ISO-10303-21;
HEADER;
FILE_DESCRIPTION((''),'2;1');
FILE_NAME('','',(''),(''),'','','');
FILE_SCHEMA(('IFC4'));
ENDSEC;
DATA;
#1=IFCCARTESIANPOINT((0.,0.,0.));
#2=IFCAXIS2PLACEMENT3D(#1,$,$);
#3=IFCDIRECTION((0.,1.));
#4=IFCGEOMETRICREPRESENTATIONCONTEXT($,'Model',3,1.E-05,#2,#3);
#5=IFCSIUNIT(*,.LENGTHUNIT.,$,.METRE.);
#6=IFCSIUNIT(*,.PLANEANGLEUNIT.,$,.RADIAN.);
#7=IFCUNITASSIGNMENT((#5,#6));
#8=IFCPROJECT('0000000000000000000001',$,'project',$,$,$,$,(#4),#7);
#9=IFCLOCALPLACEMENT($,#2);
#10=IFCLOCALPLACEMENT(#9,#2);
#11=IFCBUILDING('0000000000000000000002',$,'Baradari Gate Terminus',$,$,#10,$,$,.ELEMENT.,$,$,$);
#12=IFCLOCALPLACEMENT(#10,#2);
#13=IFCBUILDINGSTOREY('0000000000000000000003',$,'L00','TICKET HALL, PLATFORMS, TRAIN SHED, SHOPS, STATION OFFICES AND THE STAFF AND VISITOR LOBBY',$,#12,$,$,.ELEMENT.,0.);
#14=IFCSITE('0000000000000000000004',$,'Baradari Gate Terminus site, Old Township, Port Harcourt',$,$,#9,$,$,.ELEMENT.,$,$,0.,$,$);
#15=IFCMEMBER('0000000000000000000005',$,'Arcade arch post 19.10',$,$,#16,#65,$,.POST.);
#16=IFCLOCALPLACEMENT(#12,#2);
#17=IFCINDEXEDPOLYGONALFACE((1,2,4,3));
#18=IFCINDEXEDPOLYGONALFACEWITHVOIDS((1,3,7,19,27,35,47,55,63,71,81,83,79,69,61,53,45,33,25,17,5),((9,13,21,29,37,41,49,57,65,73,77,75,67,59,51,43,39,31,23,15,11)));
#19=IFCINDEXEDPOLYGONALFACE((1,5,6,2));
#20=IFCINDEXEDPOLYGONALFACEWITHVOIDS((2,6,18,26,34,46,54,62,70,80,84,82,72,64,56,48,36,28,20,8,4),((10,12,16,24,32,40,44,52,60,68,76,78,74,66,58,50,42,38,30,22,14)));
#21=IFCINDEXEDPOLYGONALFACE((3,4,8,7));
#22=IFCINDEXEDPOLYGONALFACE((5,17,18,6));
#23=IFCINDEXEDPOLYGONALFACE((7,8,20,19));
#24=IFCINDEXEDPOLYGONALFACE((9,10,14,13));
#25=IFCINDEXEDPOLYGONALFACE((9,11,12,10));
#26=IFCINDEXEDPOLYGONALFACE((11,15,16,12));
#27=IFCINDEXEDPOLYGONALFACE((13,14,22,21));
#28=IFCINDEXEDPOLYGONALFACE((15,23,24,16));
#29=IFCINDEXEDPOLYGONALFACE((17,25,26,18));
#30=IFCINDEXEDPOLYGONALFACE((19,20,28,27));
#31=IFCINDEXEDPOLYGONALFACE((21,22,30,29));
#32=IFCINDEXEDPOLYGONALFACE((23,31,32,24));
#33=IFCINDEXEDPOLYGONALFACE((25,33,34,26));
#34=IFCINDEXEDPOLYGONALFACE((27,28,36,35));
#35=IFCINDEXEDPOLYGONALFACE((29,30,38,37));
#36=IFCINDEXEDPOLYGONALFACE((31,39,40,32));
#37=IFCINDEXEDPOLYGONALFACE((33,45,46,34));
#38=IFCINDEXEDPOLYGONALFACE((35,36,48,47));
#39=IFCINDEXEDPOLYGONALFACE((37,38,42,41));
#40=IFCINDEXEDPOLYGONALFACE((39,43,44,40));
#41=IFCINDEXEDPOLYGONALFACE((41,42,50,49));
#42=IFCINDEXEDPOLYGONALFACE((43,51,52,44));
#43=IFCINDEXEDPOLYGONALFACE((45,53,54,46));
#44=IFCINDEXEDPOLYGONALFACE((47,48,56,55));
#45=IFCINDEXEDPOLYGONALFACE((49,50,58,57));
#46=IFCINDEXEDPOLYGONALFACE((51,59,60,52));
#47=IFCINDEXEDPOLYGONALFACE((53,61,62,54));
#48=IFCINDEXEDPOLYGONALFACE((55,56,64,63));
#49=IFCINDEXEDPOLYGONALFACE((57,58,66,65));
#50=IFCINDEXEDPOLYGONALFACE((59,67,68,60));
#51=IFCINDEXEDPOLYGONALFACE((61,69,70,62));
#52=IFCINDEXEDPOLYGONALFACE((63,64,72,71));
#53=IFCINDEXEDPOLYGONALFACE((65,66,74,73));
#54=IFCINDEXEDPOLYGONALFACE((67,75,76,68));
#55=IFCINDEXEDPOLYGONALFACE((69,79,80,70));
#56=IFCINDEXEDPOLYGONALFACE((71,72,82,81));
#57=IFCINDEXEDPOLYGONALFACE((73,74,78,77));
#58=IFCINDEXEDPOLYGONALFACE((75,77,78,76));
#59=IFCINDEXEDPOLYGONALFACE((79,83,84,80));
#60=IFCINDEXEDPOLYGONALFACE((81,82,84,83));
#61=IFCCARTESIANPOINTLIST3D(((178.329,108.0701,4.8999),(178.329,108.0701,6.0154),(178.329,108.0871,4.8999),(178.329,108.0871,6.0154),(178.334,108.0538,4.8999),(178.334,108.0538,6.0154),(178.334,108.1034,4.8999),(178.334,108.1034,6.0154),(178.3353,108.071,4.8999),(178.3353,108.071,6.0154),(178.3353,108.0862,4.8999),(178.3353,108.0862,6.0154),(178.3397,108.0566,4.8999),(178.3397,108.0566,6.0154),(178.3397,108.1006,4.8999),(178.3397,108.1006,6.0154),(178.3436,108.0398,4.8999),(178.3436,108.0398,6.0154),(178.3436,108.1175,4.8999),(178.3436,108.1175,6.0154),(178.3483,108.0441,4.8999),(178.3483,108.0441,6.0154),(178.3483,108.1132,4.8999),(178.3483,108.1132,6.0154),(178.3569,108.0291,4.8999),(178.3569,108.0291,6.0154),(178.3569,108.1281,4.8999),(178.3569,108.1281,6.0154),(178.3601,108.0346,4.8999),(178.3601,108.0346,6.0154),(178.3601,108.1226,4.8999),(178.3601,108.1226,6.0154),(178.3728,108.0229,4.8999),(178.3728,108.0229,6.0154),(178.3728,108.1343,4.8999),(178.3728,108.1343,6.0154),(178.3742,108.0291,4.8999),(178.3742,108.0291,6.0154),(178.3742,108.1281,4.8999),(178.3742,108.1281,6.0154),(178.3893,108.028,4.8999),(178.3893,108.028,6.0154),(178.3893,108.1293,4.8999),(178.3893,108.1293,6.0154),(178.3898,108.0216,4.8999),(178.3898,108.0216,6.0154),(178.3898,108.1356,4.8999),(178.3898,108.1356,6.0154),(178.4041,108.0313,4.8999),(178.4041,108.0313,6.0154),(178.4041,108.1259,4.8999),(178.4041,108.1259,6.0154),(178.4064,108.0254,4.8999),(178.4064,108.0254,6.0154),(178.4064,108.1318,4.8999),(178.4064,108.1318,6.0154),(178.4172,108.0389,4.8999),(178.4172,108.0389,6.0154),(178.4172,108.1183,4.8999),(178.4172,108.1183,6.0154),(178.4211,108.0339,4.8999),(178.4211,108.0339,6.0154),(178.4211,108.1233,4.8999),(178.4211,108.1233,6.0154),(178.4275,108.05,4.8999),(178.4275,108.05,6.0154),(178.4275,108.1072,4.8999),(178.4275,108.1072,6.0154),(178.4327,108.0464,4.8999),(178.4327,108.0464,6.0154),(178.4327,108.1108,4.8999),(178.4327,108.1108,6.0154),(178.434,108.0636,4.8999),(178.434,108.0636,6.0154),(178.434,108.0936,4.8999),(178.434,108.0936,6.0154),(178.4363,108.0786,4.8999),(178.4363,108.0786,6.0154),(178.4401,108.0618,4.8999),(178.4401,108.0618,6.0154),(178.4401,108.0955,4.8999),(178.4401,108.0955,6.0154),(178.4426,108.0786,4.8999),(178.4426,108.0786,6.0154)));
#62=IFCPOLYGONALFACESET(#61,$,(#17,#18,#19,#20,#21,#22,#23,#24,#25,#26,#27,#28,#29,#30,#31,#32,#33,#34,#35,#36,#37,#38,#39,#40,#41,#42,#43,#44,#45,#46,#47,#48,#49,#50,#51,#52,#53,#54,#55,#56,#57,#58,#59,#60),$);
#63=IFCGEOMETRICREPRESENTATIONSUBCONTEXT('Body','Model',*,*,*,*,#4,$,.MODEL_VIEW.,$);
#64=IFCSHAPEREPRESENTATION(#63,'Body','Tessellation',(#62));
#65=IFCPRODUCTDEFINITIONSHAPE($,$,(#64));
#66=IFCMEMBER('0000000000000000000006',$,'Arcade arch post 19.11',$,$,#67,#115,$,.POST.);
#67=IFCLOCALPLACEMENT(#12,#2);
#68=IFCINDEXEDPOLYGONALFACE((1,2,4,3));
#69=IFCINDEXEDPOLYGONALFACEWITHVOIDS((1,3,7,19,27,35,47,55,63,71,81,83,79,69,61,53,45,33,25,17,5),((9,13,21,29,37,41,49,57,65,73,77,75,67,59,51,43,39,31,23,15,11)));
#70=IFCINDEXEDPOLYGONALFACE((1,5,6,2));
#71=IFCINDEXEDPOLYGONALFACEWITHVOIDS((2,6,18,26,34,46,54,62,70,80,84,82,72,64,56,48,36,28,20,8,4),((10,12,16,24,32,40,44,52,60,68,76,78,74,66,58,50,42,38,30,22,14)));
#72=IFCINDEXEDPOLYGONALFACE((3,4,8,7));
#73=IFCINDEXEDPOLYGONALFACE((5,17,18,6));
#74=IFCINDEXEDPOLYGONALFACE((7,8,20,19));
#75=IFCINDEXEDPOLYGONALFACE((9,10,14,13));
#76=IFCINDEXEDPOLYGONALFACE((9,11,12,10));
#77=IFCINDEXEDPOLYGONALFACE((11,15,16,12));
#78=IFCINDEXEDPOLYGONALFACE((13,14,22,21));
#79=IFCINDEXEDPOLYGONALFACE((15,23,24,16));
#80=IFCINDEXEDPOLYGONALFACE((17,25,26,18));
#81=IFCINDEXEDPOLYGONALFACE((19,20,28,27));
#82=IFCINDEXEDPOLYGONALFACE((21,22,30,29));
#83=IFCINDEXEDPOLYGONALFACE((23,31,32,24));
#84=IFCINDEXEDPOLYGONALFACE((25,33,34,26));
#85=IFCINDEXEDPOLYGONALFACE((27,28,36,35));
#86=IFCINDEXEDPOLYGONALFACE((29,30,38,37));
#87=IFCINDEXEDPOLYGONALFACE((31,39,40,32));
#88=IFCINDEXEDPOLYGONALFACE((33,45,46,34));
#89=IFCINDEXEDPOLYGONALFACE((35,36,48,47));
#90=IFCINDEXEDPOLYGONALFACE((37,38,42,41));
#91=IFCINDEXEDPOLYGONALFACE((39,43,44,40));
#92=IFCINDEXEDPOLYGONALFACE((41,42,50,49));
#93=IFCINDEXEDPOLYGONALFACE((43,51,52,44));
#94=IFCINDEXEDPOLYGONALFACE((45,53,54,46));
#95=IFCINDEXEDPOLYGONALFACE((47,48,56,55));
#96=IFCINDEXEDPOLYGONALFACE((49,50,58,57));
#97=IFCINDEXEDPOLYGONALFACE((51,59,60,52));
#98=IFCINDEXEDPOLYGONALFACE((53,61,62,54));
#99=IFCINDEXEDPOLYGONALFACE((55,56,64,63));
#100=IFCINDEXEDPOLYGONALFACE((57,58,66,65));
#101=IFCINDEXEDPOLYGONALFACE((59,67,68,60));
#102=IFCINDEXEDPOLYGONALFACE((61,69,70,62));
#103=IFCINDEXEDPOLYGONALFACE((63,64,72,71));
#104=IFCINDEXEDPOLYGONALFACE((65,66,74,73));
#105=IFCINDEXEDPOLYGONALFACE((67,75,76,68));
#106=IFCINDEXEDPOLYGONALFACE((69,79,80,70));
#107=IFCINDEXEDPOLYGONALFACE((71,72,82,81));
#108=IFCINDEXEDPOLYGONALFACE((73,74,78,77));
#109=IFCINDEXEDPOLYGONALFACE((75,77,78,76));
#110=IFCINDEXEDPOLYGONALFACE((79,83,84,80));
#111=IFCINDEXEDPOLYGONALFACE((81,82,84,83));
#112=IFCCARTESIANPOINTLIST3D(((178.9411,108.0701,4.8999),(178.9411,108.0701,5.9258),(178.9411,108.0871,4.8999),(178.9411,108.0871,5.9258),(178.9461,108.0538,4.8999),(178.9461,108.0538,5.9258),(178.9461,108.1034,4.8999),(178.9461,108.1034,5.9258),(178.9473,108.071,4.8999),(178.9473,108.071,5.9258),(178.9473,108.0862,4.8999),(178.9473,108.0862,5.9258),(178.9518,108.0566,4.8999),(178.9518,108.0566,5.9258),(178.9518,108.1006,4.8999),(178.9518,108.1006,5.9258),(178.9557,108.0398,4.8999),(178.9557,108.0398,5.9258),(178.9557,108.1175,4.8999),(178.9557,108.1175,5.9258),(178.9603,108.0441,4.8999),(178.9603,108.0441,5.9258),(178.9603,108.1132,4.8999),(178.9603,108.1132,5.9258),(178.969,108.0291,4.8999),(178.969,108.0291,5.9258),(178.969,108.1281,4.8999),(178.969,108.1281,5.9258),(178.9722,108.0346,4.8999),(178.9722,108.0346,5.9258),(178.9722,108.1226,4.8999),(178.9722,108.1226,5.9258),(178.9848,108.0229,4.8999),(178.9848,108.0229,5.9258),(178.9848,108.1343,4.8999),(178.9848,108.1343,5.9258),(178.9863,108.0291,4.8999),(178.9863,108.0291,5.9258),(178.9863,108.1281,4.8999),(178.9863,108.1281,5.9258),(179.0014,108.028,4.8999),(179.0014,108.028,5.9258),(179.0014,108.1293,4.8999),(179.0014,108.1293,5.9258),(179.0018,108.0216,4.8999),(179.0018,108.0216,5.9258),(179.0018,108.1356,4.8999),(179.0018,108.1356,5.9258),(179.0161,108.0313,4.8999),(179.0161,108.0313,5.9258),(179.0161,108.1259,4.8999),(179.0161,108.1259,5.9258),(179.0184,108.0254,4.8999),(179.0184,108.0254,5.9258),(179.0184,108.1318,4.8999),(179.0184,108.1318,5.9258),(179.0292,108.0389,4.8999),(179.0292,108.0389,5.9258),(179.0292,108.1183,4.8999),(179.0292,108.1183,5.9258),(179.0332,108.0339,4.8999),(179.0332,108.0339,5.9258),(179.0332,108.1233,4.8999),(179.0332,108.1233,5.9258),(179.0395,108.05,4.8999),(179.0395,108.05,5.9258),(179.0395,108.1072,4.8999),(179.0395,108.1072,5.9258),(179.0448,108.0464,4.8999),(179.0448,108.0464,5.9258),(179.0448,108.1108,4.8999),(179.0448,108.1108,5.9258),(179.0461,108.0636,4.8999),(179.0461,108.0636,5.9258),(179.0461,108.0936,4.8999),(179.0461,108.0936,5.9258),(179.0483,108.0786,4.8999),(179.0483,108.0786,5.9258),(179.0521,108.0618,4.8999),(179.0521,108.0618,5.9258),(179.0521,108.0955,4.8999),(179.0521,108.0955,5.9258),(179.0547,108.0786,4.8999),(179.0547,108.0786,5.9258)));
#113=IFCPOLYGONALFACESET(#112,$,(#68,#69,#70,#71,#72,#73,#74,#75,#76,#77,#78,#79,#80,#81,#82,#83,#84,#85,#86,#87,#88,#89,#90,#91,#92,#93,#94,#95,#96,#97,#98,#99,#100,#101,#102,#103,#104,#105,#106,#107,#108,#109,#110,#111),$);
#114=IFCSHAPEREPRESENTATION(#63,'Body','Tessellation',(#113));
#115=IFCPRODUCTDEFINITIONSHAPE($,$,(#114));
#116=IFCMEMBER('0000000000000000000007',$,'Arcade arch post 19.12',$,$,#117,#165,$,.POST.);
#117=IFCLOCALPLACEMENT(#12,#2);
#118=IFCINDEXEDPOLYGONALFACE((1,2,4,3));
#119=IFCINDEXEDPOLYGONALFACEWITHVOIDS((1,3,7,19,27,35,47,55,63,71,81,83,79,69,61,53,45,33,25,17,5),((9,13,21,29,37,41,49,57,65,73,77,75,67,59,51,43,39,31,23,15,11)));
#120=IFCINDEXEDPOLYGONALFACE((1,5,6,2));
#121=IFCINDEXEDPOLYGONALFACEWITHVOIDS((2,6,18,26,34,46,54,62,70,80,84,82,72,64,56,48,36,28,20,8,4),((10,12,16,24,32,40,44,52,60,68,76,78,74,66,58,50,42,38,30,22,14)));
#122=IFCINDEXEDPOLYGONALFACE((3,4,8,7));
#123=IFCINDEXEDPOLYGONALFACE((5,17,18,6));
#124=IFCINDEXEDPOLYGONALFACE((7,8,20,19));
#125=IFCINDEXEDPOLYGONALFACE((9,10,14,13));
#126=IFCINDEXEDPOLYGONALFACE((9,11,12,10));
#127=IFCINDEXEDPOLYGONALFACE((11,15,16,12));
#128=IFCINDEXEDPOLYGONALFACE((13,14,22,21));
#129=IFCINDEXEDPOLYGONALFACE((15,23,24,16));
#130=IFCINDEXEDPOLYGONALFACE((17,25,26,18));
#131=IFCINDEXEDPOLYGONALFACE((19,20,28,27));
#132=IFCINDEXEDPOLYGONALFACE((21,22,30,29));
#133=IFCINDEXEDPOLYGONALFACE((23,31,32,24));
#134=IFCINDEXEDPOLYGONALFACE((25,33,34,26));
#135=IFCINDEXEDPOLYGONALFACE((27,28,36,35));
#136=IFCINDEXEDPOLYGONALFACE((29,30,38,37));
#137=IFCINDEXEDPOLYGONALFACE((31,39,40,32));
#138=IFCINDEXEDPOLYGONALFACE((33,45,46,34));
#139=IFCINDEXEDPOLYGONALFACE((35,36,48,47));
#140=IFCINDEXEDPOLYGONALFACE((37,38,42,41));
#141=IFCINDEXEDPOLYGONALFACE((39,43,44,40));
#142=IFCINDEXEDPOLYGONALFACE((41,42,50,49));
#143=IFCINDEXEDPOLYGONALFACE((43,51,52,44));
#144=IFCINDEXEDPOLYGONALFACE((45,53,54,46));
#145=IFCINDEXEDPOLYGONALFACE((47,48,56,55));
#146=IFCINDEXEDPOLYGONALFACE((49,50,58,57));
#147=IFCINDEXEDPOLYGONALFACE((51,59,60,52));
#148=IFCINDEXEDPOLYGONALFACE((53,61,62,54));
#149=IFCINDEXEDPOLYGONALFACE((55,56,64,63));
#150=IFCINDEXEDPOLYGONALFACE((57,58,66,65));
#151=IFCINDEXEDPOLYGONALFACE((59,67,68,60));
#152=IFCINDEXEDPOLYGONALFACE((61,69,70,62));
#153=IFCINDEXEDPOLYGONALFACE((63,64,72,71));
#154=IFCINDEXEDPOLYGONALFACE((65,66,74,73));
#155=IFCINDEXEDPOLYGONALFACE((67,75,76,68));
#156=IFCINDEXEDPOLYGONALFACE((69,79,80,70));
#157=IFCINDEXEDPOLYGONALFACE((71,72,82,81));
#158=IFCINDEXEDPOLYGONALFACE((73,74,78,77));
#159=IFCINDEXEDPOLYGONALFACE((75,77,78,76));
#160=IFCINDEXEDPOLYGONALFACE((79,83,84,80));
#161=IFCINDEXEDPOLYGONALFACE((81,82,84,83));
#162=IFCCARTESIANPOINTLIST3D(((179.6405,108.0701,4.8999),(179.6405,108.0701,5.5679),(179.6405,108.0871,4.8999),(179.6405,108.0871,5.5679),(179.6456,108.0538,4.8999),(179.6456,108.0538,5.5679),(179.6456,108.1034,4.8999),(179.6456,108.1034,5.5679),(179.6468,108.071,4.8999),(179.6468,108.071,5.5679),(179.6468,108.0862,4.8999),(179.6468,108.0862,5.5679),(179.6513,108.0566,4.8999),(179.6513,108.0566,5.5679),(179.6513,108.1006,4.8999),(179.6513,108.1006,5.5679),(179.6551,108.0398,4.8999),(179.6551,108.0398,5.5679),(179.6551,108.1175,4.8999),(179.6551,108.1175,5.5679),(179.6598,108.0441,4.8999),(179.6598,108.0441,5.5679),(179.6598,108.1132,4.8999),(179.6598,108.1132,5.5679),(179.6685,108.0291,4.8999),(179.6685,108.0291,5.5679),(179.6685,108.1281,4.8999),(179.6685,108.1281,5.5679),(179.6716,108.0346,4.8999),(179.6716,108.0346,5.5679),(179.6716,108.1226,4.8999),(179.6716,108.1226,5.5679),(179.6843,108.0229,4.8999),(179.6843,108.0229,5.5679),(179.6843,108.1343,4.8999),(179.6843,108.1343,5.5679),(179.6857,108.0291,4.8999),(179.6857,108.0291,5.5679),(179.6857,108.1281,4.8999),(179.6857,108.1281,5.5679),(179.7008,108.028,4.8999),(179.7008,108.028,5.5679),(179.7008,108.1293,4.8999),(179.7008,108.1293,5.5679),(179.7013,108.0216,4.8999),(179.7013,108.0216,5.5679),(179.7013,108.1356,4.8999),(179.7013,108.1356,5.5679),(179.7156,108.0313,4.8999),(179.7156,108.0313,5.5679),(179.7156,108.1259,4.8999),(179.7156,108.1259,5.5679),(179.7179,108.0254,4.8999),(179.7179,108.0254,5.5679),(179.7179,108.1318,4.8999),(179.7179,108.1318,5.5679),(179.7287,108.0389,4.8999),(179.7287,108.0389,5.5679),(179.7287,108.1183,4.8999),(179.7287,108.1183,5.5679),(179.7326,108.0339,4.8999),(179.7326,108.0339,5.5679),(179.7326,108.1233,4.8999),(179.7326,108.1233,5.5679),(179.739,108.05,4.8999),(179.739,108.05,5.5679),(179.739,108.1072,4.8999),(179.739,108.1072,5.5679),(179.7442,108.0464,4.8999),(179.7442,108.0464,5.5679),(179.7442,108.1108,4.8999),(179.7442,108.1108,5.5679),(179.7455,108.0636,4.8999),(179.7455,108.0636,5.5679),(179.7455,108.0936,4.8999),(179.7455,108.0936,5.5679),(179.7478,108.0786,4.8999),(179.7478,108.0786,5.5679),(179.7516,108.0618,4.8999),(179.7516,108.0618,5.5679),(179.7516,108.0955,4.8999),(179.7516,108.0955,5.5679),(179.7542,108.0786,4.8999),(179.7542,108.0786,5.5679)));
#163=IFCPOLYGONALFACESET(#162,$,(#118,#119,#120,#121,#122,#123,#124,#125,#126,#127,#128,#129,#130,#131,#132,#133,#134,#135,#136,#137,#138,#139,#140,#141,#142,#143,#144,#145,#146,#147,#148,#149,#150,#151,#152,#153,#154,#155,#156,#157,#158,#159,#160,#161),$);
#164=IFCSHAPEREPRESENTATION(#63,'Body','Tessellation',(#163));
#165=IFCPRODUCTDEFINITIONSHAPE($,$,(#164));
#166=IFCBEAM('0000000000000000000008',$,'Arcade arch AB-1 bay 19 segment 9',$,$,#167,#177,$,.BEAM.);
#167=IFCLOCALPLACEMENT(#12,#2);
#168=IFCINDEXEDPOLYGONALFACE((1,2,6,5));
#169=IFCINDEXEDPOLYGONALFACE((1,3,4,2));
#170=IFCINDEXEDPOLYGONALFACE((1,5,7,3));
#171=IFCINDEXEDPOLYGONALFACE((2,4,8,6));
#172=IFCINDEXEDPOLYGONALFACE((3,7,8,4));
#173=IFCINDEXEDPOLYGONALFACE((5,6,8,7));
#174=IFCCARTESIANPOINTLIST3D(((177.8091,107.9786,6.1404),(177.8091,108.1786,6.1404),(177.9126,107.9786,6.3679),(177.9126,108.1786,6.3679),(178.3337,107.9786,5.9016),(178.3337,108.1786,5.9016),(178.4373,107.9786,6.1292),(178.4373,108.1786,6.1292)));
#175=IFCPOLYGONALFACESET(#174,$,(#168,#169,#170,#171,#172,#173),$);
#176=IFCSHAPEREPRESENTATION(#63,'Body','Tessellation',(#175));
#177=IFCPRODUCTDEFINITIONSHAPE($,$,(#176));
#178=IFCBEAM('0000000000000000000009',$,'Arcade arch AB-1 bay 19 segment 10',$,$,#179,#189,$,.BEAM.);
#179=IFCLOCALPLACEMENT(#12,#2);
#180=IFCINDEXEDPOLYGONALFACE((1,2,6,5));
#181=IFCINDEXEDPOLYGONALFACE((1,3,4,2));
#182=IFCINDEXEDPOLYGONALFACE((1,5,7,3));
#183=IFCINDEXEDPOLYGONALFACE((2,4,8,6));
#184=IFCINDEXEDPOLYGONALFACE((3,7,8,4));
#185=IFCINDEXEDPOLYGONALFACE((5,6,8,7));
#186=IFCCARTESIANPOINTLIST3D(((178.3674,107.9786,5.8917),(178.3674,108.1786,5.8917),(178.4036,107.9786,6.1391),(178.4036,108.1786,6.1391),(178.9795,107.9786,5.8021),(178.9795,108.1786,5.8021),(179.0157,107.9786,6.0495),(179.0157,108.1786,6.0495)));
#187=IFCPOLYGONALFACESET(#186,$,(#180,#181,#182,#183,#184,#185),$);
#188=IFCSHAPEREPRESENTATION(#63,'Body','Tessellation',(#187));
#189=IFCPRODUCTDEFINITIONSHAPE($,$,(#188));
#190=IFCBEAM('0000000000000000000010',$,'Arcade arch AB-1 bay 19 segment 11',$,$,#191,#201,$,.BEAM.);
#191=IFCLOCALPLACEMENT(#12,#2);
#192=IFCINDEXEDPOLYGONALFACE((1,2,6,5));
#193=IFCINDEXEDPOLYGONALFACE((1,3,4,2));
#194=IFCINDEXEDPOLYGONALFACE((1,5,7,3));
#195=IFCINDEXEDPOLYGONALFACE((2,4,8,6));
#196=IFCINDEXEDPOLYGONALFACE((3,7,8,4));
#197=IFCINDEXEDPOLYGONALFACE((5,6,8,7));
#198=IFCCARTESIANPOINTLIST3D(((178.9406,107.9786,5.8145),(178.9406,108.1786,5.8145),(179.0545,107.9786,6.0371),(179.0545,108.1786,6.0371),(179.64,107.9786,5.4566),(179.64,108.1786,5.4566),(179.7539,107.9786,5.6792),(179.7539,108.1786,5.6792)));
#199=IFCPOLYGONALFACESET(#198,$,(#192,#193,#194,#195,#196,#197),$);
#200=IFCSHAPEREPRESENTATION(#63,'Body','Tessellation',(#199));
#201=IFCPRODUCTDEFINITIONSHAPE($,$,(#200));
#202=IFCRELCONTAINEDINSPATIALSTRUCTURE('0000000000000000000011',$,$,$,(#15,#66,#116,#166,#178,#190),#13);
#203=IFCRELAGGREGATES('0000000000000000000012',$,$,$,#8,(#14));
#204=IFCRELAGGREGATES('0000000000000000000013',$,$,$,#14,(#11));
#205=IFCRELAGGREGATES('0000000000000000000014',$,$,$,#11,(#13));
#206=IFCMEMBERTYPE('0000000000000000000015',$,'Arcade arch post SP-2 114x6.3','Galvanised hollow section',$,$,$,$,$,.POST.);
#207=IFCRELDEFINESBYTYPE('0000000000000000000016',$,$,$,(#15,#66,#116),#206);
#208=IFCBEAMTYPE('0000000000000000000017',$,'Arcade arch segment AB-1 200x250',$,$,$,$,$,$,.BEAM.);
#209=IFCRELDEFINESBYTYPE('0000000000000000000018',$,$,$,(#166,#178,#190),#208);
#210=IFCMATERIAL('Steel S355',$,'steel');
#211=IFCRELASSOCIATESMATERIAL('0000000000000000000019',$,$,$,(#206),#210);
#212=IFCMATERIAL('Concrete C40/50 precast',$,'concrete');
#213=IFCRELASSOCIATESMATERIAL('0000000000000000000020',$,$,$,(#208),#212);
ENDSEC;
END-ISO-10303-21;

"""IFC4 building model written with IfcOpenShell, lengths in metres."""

from ifc_helpers import new_model, si_unit, direction, frame, origin, origin_2d, place, context, subcontext, project, spatial, rectangle, hollow_circle, extrude, material, material_profile, profile_set, type_object, element, save


model = new_model("IFC4")

# Units and contexts
model_context = context("Model", 3, precision=1e-05, world=origin(), true_north=direction((0.0, 1.0)))
body_context = subcontext(model_context, "Body", "Model", "MODEL_VIEW")
ifc_project = project(units=[si_unit("LENGTHUNIT", "METRE"), si_unit("PLANEANGLEUNIT", "RADIAN")], contexts=[model_context])

# Site, building, storey
site_placement = place(None, origin())
site = spatial("IfcSite", under=ifc_project, at=site_placement, Name="Baradari Gate Terminus site, Old Township, Port Harcourt", CompositionType="ELEMENT", RefElevation=0.0)
building_placement = place(site_placement, origin())
building = spatial("IfcBuilding", under=site, at=building_placement, Name="Baradari Gate Terminus", CompositionType="ELEMENT")
storey_placement = place(building_placement, origin())
storey = spatial("IfcBuildingStorey", under=building, at=storey_placement, Name="L00", Description="TICKET HALL, PLATFORMS, TRAIN SHED, SHOPS, STATION OFFICES AND THE STAFF AND VISITOR LOBBY", CompositionType="ELEMENT", Elevation=0.0)

# Members
ifc_material_1 = material(Name="Steel S355", Category="steel")
ifc_material_profile_1 = material_profile(ifc_material_1, hollow_circle(Radius=0.0571, WallThickness=0.0063, at=origin_2d()), Name="CHS 114.3x6.3")
ifc_profile_set_1 = profile_set([ifc_material_profile_1], Name="Steel S355")
member_type_1 = type_object("IfcMemberType", Name="Arcade arch post SP-2 114x6.3", Description="Galvanised hollow section", PredefinedType="POST", material=ifc_profile_set_1)
member_1_placement = place(storey_placement, frame((178.3855, 108.0786, 4.8999), z_axis=(0.0, 0.0, 1.0), x_axis=(1.0, 0.0, 0.0)))
element("IfcMember", 1, at=member_1_placement, inside=storey, type_object=member_type_1, Name="Arcade arch post 19.10", PredefinedType="POST", context=body_context, shape_type="SweptSolid", body=[
    extrude(hollow_circle(Radius=0.0571, WallThickness=0.0063, at=origin_2d()), origin(), (0.0, 0.0, 1.0), 1.1155),
])
member_2_placement = place(storey_placement, frame((178.9976, 108.0786, 4.8999), z_axis=(0.0, 0.0, 1.0), x_axis=(1.0, 0.0, 0.0)))
element("IfcMember", 2, at=member_2_placement, inside=storey, type_object=member_type_1, Name="Arcade arch post 19.11", PredefinedType="POST", context=body_context, shape_type="SweptSolid", body=[
    extrude(hollow_circle(Radius=0.0571, WallThickness=0.0063, at=origin_2d()), origin(), (0.0, 0.0, 1.0), 1.0259),
])
member_3_placement = place(storey_placement, frame((179.697, 108.0786, 4.8999), z_axis=(0.0, 0.0, 1.0), x_axis=(1.0, 0.0, 0.0)))
element("IfcMember", 3, at=member_3_placement, inside=storey, type_object=member_type_1, Name="Arcade arch post 19.12", PredefinedType="POST", context=body_context, shape_type="SweptSolid", body=[
    extrude(hollow_circle(Radius=0.0571, WallThickness=0.0063, at=origin_2d()), origin(), (0.0, 0.0, 1.0), 0.668),
])

# Beams
ifc_material_2 = material(Name="Concrete C40/50 precast", Category="concrete")
ifc_material_profile_2 = material_profile(ifc_material_2, rectangle(XDim=0.2, YDim=0.25, at=origin_2d()), Name="AB-1 200X250")
ifc_profile_set_2 = profile_set([ifc_material_profile_2], Name="Concrete C40/50 precast")
beam_type_1 = type_object("IfcBeamType", Name="Arcade arch segment AB-1 200x250", PredefinedType="BEAM", material=ifc_profile_set_2)
beam_1_placement = place(storey_placement, frame((177.8608, 108.0786, 6.2542), z_axis=(0.910178, 0.0, -0.414218), x_axis=(0.0, 1.0, 0.0)))
element("IfcBeam", 4, at=beam_1_placement, inside=storey, type_object=beam_type_1, Name="Arcade arch AB-1 bay 19 segment 9", PredefinedType="BEAM", context=body_context, shape_type="SweptSolid", body=[
    extrude(rectangle(XDim=0.2, YDim=0.25, at=origin_2d()), origin(), (0.0, 0.0, 1.0), 0.5764),
])
beam_2_placement = place(storey_placement, frame((178.3855, 108.0786, 6.0154), z_axis=(0.989454, 0.0, -0.144846), x_axis=(0.0, 1.0, 0.0)))
element("IfcBeam", 5, at=beam_2_placement, inside=storey, type_object=beam_type_1, Name="Arcade arch AB-1 bay 19 segment 10", PredefinedType="BEAM", context=body_context, shape_type="SweptSolid", body=[
    extrude(rectangle(XDim=0.2, YDim=0.25, at=origin_2d()), origin(), (0.0, 0.0, 1.0), 0.6187),
])
beam_3_placement = place(storey_placement, frame((178.9976, 108.0786, 5.9258), z_axis=(0.890225, 0.0, -0.455522), x_axis=(0.0, 1.0, 0.0)))
element("IfcBeam", 6, at=beam_3_placement, inside=storey, type_object=beam_type_1, Name="Arcade arch AB-1 bay 19 segment 11", PredefinedType="BEAM", context=body_context, shape_type="SweptSolid", body=[
    extrude(rectangle(XDim=0.2, YDim=0.25, at=origin_2d()), origin(), (0.0, 0.0, 1.0), 0.7856),
])

save(model, "model.ifc")
